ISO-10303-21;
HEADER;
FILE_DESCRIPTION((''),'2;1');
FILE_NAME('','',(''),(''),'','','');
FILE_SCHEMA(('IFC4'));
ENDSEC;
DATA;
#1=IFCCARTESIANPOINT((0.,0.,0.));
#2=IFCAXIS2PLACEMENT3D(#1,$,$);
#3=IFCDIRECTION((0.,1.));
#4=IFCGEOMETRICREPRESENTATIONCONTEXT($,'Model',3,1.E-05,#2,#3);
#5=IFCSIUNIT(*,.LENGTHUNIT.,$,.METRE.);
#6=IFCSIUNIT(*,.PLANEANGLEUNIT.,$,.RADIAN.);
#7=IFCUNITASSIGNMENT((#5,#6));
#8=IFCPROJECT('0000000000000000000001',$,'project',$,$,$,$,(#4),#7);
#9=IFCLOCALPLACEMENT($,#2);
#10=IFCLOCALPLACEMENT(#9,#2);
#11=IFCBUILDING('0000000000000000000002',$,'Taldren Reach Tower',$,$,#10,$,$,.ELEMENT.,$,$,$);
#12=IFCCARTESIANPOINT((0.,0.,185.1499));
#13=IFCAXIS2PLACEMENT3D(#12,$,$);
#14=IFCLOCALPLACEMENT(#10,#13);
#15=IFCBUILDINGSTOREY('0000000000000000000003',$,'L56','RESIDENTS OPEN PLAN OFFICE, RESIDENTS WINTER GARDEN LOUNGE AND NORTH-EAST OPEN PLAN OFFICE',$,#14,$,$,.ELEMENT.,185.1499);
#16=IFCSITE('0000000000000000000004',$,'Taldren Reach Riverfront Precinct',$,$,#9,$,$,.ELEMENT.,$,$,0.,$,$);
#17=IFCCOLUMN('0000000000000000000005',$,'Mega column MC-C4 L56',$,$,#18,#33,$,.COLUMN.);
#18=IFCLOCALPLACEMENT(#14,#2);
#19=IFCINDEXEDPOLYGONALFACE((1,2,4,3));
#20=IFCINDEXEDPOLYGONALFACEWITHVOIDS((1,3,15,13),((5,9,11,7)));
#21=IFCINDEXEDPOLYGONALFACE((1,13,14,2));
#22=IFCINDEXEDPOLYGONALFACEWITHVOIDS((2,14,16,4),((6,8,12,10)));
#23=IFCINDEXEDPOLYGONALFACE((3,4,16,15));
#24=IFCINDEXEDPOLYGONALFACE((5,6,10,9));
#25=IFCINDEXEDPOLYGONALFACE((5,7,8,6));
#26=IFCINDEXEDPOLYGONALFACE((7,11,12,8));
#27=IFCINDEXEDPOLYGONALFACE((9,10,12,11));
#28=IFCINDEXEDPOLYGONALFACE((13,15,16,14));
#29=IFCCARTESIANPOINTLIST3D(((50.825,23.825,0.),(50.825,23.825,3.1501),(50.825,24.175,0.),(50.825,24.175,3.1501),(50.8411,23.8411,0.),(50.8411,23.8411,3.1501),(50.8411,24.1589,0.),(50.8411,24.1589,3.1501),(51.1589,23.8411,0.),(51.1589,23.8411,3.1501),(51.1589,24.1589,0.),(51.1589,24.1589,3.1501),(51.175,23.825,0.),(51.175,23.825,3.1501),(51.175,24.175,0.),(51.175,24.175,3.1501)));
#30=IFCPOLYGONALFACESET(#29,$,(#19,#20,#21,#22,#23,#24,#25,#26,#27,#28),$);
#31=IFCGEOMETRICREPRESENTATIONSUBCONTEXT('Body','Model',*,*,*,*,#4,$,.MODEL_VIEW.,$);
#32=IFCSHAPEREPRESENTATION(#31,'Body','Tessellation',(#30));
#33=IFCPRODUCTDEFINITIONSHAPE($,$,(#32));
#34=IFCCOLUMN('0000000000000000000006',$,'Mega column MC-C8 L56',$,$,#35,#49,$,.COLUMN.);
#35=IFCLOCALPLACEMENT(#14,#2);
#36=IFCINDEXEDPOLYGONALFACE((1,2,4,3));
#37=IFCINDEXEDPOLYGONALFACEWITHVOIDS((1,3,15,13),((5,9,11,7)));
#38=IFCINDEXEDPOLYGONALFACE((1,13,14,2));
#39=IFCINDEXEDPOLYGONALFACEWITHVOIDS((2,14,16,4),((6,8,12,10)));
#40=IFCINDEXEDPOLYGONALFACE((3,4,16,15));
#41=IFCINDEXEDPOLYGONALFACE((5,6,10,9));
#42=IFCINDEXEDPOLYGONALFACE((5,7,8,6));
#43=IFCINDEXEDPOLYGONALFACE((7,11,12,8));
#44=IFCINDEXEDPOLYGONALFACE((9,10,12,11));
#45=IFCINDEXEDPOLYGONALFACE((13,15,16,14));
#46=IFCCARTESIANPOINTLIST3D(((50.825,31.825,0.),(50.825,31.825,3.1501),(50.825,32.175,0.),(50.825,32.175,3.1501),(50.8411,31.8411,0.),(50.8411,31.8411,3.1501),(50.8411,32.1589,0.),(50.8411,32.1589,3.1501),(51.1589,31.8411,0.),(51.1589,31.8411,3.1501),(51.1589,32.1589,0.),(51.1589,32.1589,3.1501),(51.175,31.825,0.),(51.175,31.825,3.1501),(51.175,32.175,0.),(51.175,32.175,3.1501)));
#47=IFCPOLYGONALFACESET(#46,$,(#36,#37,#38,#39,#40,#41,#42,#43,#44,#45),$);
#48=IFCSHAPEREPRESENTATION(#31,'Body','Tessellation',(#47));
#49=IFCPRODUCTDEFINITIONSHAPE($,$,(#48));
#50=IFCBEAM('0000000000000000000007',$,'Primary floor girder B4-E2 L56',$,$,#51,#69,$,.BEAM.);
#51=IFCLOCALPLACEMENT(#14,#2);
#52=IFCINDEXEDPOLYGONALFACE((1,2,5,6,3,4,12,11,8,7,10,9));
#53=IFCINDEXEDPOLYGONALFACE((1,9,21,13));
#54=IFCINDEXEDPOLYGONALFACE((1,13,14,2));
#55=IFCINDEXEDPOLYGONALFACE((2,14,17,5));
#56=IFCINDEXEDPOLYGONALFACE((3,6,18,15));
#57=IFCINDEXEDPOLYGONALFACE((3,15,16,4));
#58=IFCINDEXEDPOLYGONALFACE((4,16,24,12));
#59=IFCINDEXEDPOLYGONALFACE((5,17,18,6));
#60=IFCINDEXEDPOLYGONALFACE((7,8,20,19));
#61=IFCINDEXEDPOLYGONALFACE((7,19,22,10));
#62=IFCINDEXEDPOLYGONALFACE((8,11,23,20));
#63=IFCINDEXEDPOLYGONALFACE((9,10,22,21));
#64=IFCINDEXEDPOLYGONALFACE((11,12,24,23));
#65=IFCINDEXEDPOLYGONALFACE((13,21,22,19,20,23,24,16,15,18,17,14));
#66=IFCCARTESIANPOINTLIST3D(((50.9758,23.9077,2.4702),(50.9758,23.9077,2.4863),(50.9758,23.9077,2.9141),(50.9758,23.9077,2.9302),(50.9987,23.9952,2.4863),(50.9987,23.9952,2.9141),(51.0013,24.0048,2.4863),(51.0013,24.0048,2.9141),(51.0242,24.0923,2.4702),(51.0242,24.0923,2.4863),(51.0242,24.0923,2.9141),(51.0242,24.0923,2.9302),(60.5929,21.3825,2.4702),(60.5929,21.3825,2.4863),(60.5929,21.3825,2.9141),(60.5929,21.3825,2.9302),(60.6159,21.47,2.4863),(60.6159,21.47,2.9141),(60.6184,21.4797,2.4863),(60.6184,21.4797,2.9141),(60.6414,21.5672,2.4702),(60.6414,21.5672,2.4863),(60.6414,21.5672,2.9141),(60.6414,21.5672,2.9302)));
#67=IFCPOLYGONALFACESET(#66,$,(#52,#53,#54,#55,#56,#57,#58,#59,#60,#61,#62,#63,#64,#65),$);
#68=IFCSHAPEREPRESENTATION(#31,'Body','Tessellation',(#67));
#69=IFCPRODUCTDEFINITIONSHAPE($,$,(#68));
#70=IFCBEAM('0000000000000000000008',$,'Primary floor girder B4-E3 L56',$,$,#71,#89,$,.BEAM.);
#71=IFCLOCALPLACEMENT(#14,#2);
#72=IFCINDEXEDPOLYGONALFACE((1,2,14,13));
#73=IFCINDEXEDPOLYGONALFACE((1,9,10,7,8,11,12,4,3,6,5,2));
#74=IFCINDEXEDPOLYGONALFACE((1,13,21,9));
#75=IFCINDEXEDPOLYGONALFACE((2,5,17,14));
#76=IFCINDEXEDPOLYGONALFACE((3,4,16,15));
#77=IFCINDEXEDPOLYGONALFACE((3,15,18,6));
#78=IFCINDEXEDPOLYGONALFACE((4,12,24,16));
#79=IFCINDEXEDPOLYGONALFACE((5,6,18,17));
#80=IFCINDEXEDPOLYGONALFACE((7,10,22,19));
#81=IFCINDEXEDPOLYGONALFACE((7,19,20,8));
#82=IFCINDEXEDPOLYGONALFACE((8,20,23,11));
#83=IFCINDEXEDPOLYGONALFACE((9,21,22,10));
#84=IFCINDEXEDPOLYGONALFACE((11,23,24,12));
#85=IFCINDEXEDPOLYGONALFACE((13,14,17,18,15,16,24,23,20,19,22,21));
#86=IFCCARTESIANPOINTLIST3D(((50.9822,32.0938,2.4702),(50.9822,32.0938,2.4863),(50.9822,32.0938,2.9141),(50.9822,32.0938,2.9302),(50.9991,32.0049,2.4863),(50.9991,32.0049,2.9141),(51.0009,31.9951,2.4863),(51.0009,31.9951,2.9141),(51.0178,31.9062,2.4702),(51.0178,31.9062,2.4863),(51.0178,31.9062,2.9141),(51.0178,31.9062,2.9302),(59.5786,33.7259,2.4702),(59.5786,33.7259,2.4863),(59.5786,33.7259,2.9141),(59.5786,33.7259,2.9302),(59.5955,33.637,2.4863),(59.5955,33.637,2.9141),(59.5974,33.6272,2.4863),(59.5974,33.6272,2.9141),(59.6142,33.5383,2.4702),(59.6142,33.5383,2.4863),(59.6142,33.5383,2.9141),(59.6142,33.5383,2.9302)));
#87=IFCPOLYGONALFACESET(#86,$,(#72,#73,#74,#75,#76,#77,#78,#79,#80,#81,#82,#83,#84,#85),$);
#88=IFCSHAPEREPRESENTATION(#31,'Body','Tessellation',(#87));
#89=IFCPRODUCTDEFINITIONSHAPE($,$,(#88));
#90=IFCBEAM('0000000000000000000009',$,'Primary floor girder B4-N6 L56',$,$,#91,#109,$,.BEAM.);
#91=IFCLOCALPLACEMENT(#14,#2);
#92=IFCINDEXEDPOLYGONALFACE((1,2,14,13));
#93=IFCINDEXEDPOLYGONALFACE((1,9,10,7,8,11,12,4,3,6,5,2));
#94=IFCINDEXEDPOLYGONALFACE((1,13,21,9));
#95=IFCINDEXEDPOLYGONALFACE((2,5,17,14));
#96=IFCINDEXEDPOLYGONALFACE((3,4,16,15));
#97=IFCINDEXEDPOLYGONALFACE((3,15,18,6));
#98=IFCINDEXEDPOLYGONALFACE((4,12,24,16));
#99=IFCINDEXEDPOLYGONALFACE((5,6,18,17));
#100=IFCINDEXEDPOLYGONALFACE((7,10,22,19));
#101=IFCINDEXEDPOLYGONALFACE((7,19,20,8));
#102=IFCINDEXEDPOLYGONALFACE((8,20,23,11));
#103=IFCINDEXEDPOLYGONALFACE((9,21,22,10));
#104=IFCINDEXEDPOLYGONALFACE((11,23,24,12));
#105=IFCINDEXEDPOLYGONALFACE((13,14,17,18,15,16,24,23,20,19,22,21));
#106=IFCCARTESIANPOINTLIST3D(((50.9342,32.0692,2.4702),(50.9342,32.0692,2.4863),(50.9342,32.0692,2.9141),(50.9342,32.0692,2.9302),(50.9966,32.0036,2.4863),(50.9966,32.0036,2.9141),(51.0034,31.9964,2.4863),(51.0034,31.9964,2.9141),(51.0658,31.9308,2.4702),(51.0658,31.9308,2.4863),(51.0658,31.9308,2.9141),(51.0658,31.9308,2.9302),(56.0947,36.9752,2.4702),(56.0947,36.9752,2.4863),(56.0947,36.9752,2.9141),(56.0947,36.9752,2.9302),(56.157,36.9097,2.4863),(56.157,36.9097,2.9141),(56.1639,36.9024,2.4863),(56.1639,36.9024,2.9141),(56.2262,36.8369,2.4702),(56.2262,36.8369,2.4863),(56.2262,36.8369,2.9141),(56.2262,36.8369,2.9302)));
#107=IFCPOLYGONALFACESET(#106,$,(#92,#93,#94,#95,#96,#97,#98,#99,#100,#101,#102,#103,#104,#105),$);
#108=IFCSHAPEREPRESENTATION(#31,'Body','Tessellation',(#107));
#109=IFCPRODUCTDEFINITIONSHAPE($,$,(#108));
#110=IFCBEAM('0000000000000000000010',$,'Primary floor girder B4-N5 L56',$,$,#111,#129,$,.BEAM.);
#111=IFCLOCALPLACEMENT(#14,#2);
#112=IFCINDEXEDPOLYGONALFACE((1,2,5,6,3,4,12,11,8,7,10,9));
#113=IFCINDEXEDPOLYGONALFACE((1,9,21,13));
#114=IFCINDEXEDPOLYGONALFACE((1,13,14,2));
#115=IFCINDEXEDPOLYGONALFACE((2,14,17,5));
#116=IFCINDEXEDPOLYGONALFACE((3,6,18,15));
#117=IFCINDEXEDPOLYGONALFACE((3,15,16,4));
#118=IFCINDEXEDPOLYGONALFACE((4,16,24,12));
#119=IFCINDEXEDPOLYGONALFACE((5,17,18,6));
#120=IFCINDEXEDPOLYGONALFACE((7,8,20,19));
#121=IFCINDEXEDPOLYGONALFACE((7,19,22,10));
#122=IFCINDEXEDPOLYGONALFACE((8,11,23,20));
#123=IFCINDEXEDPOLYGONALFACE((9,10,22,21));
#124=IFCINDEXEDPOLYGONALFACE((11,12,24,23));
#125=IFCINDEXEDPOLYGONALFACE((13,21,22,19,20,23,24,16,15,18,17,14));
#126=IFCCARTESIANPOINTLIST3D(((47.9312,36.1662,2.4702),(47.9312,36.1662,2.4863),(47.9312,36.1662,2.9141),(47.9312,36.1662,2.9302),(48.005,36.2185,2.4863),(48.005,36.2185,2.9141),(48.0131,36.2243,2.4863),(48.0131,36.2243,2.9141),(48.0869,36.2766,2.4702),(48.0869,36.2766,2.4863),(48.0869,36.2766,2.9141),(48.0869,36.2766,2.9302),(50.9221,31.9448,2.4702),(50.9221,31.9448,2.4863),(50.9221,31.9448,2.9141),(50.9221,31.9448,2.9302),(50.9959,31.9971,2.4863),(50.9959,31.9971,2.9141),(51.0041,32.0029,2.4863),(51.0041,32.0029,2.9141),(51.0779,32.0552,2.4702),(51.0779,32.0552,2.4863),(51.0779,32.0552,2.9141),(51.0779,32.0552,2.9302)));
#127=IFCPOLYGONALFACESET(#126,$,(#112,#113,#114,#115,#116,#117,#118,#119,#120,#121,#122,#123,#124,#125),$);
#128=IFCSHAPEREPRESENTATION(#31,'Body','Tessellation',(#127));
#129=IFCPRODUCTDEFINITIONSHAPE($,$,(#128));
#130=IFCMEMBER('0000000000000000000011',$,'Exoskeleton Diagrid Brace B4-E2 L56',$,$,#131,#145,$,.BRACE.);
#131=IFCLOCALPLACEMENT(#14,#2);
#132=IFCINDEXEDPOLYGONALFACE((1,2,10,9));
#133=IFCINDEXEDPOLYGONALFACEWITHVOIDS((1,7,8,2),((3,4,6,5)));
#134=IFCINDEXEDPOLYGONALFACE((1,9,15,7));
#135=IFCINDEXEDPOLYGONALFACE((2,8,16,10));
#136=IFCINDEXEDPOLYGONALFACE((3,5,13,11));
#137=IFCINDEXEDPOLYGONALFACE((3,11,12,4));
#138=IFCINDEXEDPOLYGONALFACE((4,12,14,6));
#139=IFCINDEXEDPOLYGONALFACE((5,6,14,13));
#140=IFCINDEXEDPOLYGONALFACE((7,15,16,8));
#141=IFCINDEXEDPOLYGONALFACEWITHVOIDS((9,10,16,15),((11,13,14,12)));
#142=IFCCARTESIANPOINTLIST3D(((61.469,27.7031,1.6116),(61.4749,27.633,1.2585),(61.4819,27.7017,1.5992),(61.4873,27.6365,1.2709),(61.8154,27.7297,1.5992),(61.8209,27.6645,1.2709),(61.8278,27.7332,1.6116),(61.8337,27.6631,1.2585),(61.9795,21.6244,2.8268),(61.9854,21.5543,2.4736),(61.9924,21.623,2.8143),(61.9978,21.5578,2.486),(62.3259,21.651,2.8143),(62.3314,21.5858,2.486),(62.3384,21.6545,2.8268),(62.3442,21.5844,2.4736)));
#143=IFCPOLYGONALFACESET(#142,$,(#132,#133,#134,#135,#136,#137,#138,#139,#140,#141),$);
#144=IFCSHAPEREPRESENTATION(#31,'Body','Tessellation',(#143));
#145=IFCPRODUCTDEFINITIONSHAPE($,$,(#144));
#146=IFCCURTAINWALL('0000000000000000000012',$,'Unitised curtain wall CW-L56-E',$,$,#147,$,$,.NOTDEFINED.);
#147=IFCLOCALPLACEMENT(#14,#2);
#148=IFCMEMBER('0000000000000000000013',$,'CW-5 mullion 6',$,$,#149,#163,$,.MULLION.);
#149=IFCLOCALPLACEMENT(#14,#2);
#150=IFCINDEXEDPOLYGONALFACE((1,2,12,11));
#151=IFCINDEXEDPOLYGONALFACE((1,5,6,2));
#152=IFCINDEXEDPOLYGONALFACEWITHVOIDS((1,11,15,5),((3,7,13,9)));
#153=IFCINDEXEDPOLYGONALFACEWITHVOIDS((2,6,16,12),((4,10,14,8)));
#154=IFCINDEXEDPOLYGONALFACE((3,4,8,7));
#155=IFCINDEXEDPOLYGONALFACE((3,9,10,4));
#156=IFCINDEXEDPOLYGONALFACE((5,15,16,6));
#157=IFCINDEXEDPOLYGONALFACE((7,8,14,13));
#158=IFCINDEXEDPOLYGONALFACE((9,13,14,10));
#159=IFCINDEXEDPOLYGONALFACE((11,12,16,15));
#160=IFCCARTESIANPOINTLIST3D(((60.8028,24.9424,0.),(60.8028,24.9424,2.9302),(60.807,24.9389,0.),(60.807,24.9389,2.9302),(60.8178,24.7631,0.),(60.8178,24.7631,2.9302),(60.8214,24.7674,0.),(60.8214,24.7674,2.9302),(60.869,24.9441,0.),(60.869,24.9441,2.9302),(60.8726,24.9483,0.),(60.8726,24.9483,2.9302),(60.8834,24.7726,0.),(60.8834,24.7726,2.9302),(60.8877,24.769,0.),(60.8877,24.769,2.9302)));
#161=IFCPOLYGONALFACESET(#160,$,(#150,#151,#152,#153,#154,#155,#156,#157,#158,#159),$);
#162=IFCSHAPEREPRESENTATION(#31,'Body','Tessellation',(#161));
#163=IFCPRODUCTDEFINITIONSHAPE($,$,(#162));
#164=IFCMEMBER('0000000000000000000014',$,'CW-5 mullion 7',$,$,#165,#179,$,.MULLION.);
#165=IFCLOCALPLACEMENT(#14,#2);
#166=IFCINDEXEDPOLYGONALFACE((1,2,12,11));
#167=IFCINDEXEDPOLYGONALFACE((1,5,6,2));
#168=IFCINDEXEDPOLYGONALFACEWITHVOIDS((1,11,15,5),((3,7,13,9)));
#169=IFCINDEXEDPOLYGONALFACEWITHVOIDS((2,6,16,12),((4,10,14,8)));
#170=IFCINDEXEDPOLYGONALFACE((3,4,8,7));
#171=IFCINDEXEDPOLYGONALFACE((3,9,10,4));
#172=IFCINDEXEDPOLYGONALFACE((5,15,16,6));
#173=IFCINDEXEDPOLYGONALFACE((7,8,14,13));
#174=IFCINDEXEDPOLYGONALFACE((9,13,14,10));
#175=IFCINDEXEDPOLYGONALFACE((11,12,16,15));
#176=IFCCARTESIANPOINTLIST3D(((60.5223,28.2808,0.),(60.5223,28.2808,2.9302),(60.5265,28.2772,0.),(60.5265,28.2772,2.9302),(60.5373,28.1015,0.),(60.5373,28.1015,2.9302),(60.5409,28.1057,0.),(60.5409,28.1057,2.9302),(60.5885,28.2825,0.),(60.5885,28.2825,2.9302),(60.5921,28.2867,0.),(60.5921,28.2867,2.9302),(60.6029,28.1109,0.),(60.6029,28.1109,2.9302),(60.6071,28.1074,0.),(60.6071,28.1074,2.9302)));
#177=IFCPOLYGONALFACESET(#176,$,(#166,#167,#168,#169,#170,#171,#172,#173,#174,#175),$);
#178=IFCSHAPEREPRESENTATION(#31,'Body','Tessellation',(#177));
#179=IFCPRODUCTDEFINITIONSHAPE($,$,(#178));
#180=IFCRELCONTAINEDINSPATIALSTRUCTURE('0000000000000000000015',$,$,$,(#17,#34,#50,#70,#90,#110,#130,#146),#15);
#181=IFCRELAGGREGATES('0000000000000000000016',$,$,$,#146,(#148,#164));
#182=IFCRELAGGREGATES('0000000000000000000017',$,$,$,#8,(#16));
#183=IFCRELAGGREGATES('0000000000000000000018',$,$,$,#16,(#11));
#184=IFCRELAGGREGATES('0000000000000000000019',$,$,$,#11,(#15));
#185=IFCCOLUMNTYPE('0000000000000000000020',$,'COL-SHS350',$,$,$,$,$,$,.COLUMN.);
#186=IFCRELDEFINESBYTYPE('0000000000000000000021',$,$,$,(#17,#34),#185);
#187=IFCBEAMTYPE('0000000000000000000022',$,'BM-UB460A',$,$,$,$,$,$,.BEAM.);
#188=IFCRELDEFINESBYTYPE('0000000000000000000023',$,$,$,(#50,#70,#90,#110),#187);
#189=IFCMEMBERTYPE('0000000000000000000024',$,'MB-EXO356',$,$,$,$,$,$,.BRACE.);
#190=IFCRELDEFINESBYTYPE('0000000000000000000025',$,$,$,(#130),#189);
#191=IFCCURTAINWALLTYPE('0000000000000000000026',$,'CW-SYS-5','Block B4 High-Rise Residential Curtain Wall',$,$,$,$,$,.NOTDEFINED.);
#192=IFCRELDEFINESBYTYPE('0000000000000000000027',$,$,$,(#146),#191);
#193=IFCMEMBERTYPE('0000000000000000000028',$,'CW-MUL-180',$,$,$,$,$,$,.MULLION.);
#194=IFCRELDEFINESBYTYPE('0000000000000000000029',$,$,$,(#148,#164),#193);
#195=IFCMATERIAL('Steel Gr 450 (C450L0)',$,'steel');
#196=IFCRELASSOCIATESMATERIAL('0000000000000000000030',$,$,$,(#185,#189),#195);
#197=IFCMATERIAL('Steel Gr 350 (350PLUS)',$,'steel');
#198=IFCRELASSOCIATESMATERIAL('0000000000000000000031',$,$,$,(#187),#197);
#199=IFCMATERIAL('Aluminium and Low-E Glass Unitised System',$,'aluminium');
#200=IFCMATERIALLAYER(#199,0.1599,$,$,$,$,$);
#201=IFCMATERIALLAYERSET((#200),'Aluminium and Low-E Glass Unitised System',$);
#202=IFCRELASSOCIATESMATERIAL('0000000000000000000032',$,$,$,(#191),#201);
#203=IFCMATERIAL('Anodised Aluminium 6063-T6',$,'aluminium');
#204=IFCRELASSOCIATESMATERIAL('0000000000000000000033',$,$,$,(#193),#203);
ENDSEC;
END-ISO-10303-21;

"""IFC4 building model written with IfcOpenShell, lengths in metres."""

from ifc_helpers import new_model, si_unit, direction, frame, origin, origin_2d, place, context, subcontext, project, spatial, hollow_rectangle, i_section, extrude, source, transform, mapped, material, layer, layer_set, material_profile, profile_set, type_object, element, aggregate, save


model = new_model("IFC4")

# Units and contexts
model_context = context("Model", 3, precision=1e-05, world=origin(), true_north=direction((0.0, 1.0)))
body_context = subcontext(model_context, "Body", "Model", "MODEL_VIEW")
ifc_project = project(units=[si_unit("LENGTHUNIT", "METRE"), si_unit("PLANEANGLEUNIT", "RADIAN")], contexts=[model_context])

# Site, building, storey
site_placement = place(None, origin())
site = spatial("IfcSite", under=ifc_project, at=site_placement, Name="Taldren Reach Riverfront Precinct", CompositionType="ELEMENT", RefElevation=0.0)
building_placement = place(site_placement, origin())
building = spatial("IfcBuilding", under=site, at=building_placement, Name="Taldren Reach Tower", CompositionType="ELEMENT")
storey_placement = place(building_placement, frame((0.0, 0.0, 185.1499)))
storey = spatial("IfcBuildingStorey", under=building, at=storey_placement, Name="L56", Description="RESIDENTS OPEN PLAN OFFICE, RESIDENTS WINTER GARDEN LOUNGE AND NORTH-EAST OPEN PLAN OFFICE", CompositionType="ELEMENT", Elevation=185.1499)

# Columns
ifc_material_1 = material(Name="Steel Gr 450 (C450L0)", Category="steel")
ifc_material_profile_1 = material_profile(ifc_material_1, hollow_rectangle(XDim=0.3501, YDim=0.3501, WallThickness=0.0161, at=origin_2d()), Name="350x350x16.0SHS")
ifc_profile_set_1 = profile_set([ifc_material_profile_1], Name="Steel Gr 450 (C450L0)")
column_type = type_object("IfcColumnType", Name="COL-SHS350", PredefinedType="COLUMN", material=ifc_profile_set_1)
shared_shape_1 = source(origin(), body_context, "Body", "SweptSolid", [
    extrude(hollow_rectangle(XDim=0.3501, YDim=0.3501, WallThickness=0.0161, at=origin_2d()), origin(), (0.0, 0.0, 1.0), 3.1501),
])
for number, where, z_axis, x_axis, name in (
    (1, (51.0, 24.0, 0.0), (0.0, 0.0, 1.0), (1.0, 0.0, 0.0), "Mega column MC-C4 L56"),
    (2, (51.0, 32.0, 0.0), (0.0, 0.0, 1.0), (1.0, 0.0, 0.0), "Mega column MC-C8 L56"),
):
    element("IfcColumn", number, at=place(storey_placement, frame(where, z_axis=z_axis, x_axis=x_axis)), inside=storey, type_object=column_type, Name=name, PredefinedType="COLUMN", context=body_context, shape_type="MappedRepresentation", body=[
        mapped(shared_shape_1, transform((0.0, 0.0, 0.0), scale=1.0)),
    ])

# Beams
ifc_material_2 = material(Name="Steel Gr 350 (350PLUS)", Category="steel")
ifc_material_profile_2 = material_profile(ifc_material_2, i_section(OverallWidth=0.1909, OverallDepth=0.46, WebThickness=0.01, FlangeThickness=0.0161, at=origin_2d()), Name="460UB82.1")
ifc_profile_set_2 = profile_set([ifc_material_profile_2], Name="Steel Gr 350 (350PLUS)")
beam_type = type_object("IfcBeamType", Name="BM-UB460A", PredefinedType="BEAM", material=ifc_profile_set_2)
shared_shape_2 = source(origin(), body_context, "Body", "SweptSolid", [
    extrude(i_section(OverallWidth=0.1909, OverallDepth=0.46, WebThickness=0.01, FlangeThickness=0.0161, at=origin_2d()), origin(), (0.0, 0.0, 1.0), 9.9431),
])
beam_1_placement = place(storey_placement, frame((51.0, 24.0, 2.7002), z_axis=(0.967215, -0.253958, 0.0), x_axis=(0.253958, 0.967215, 0.0)))
element("IfcBeam", 3, at=beam_1_placement, inside=storey, type_object=beam_type, Name="Primary floor girder B4-E2 L56", PredefinedType="BEAM", context=body_context, shape_type="MappedRepresentation", body=[
    mapped(shared_shape_2, transform((0.0, 0.0, 0.0), scale=1.0)),
])
shared_shape_3 = source(origin(), body_context, "Body", "SweptSolid", [
    extrude(i_section(OverallWidth=0.1909, OverallDepth=0.46, WebThickness=0.01, FlangeThickness=0.0161, at=origin_2d()), origin(), (0.0, 0.0, 1.0), 8.75),
])
beam_2_placement = place(storey_placement, frame((51.0, 32.0, 2.7002), z_axis=(0.98245, 0.186524, 0.0), x_axis=(-0.186524, 0.98245, 0.0)))
element("IfcBeam", 4, at=beam_2_placement, inside=storey, type_object=beam_type, Name="Primary floor girder B4-E3 L56", PredefinedType="BEAM", context=body_context, shape_type="MappedRepresentation", body=[
    mapped(shared_shape_3, transform((0.0, 0.0, 0.0), scale=1.0)),
])
shared_shape_4 = source(origin(), body_context, "Body", "SweptSolid", [
    extrude(i_section(OverallWidth=0.1909, OverallDepth=0.46, WebThickness=0.01, FlangeThickness=0.0161, at=origin_2d()), origin(), (0.0, 0.0, 1.0), 7.1204),
])
beam_3_placement = place(storey_placement, frame((51.0, 32.0, 2.7002), z_axis=(0.724745, 0.689017, 0.0), x_axis=(-0.689017, 0.724745, 0.0)))
element("IfcBeam", 5, at=beam_3_placement, inside=storey, type_object=beam_type, Name="Primary floor girder B4-N6 L56", PredefinedType="BEAM", context=body_context, shape_type="MappedRepresentation", body=[
    mapped(shared_shape_4, transform((0.0, 0.0, 0.0), scale=1.0)),
])
shared_shape_5 = source(origin(), body_context, "Body", "SweptSolid", [
    extrude(i_section(OverallWidth=0.1909, OverallDepth=0.46, WebThickness=0.01, FlangeThickness=0.0161, at=origin_2d()), origin(), (0.0, 0.0, 1.0), 5.1736),
])
beam_4_placement = place(storey_placement, frame((51.0, 32.0, 2.7002), z_axis=(-0.578118, 0.815953, 0.0), x_axis=(-0.815953, -0.578118, 0.0)))
element("IfcBeam", 6, at=beam_4_placement, inside=storey, type_object=beam_type, Name="Primary floor girder B4-N5 L56", PredefinedType="BEAM", context=body_context, shape_type="MappedRepresentation", body=[
    mapped(shared_shape_5, transform((0.0, 0.0, 0.0), scale=1.0)),
])

# Member
ifc_material_profile_3 = material_profile(ifc_material_1, hollow_rectangle(XDim=0.3601, YDim=0.3601, WallThickness=0.0127, at=origin_2d()), Name="360x360x12.7SHS")
ifc_profile_set_3 = profile_set([ifc_material_profile_3], Name="Steel Gr 450 (C450L0)")
member_type_1 = type_object("IfcMemberType", Name="MB-EXO356", PredefinedType="BRACE", material=ifc_profile_set_3)
shared_shape_6 = source(origin(), body_context, "Body", "SweptSolid", [
    extrude(hollow_rectangle(XDim=0.3601, YDim=0.3601, WallThickness=0.0127, at=origin_2d()), origin(), (0.0, 0.0, 1.0), 6.22),
])
member_1_placement = place(storey_placement, frame((61.6514, 27.6831, 1.4351), z_axis=(0.082076, -0.977292, 0.195356), x_axis=(0.996492, 0.083688, 0.0)))
element("IfcMember", 7, at=member_1_placement, inside=storey, type_object=member_type_1, Name="Exoskeleton Diagrid Brace B4-E2 L56", PredefinedType="BRACE", context=body_context, shape_type="MappedRepresentation", body=[
    mapped(shared_shape_6, transform((0.0, 0.0, 0.0), scale=1.0)),
])

# Curtain wall, members
ifc_material_3 = material(Name="Aluminium and Low-E Glass Unitised System", Category="aluminium")
ifc_layer_1 = layer(ifc_material_3, 0.1599)
ifc_layer_set_1 = layer_set([ifc_layer_1], Name="Aluminium and Low-E Glass Unitised System")
curtain_wall_type = type_object("IfcCurtainWallType", Name="CW-SYS-5", Description="Block B4 High-Rise Residential Curtain Wall", PredefinedType="NOTDEFINED", material=ifc_layer_set_1)
curtain_wall_placement = place(storey_placement, origin())
curtain_wall = element("IfcCurtainWall", 8, at=curtain_wall_placement, inside=storey, type_object=curtain_wall_type, Name="Unitised curtain wall CW-L56-E", PredefinedType="NOTDEFINED")
ifc_material_4 = material(Name="Anodised Aluminium 6063-T6", Category="aluminium")
ifc_material_profile_4 = material_profile(ifc_material_4, hollow_rectangle(XDim=0.0701, YDim=0.1799, WallThickness=0.0039, at=origin_2d()), Name="ALU-180x70x4RHS")
ifc_profile_set_4 = profile_set([ifc_material_profile_4], Name="Anodised Aluminium 6063-T6")
member_type_2 = type_object("IfcMemberType", Name="CW-MUL-180", PredefinedType="MULLION", material=ifc_profile_set_4)
shared_shape_7 = source(origin(), body_context, "Body", "SweptSolid", [
    extrude(hollow_rectangle(XDim=0.0701, YDim=0.1799, WallThickness=0.0039, at=origin_2d()), origin(), (0.0, 0.0, 1.0), 2.9302),
])
member_2_placement = place(storey_placement, frame((60.8452, 24.8557, 0.0), z_axis=(0.0, 0.0, 1.0), x_axis=(-0.996493, -0.083678, 0.0)))
member_2 = element("IfcMember", 9, at=member_2_placement, type_object=member_type_2, Name="CW-5 mullion 6", PredefinedType="MULLION", context=body_context, shape_type="MappedRepresentation", body=[
    mapped(shared_shape_7, transform((0.0, 0.0, 0.0), scale=1.0)),
])
member_3_placement = place(storey_placement, frame((60.5647, 28.1941, 0.0), z_axis=(0.0, 0.0, 1.0), x_axis=(-0.996493, -0.083678, 0.0)))
member_3 = element("IfcMember", 10, at=member_3_placement, type_object=member_type_2, Name="CW-5 mullion 7", PredefinedType="MULLION", context=body_context, shape_type="MappedRepresentation", body=[
    mapped(shared_shape_7, transform((0.0, 0.0, 0.0), scale=1.0)),
])
aggregate(curtain_wall, [member_2, member_3])

save(model, "model.ifc")
